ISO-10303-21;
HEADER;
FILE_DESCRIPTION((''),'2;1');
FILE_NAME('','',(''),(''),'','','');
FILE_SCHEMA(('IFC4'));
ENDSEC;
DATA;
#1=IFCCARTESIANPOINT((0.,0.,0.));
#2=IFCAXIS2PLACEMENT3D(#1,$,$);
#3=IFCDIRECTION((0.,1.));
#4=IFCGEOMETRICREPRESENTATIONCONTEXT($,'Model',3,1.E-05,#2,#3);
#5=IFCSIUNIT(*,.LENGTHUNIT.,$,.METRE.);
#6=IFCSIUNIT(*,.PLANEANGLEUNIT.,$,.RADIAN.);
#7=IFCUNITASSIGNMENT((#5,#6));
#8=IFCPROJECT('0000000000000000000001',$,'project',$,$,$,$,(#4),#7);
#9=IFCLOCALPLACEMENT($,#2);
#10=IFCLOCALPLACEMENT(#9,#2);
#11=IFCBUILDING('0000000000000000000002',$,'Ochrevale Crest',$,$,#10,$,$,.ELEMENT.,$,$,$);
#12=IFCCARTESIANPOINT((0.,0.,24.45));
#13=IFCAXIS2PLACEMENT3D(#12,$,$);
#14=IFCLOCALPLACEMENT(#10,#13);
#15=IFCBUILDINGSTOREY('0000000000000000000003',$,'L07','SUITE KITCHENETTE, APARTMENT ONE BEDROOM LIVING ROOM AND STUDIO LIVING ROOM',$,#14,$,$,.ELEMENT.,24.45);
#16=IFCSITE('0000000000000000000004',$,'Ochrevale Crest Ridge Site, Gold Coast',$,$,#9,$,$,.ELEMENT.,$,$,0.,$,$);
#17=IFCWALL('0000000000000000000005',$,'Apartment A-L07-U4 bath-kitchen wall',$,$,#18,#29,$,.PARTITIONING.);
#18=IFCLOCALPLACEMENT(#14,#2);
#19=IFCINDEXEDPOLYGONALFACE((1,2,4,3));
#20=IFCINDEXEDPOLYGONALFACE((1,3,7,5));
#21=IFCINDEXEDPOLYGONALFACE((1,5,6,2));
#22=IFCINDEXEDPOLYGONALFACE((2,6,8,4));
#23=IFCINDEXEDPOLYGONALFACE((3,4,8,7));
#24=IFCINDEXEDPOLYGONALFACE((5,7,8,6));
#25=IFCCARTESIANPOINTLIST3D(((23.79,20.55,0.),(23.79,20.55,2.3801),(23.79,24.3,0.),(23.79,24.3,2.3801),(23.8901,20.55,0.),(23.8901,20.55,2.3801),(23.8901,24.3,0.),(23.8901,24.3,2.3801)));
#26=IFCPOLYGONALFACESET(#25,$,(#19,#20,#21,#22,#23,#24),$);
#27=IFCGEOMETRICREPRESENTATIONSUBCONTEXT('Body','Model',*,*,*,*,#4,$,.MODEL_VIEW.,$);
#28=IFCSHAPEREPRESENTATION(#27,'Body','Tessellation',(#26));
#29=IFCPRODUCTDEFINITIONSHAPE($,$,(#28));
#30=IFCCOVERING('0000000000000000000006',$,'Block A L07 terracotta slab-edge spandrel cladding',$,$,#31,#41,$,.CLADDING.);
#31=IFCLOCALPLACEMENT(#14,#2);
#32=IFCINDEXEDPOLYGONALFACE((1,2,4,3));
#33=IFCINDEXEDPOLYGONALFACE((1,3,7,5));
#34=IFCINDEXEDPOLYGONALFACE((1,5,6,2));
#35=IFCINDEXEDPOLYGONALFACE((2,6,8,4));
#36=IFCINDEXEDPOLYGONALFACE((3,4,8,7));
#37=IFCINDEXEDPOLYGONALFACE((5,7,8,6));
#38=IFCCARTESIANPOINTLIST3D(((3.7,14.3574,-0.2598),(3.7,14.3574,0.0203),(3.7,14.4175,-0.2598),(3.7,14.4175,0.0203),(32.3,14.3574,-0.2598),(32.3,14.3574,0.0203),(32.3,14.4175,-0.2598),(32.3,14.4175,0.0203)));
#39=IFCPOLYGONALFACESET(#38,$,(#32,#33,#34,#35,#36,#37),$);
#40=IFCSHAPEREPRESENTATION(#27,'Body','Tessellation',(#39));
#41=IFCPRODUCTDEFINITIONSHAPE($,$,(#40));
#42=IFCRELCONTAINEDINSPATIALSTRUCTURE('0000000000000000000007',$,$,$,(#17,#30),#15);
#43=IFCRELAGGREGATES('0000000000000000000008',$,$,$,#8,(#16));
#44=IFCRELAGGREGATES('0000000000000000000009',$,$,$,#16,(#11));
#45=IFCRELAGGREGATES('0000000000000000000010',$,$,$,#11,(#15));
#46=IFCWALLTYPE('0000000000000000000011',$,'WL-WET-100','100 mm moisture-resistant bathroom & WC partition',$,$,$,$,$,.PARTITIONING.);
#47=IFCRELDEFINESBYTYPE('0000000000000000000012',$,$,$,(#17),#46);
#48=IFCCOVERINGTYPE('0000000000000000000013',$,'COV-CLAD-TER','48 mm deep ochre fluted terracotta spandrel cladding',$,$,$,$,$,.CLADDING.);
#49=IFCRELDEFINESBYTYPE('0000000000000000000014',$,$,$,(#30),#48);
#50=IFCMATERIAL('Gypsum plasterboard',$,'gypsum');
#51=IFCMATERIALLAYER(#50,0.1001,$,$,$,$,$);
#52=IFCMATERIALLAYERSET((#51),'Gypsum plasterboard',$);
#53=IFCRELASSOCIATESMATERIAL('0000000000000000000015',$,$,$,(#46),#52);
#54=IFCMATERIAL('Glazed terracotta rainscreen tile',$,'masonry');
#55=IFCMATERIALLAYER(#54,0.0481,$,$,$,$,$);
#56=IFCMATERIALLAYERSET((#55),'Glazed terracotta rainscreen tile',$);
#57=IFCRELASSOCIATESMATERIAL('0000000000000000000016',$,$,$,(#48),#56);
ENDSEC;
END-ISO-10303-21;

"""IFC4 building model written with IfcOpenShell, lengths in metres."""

from ifc_helpers import new_model, si_unit, direction, frame, frame_2d, origin, origin_2d, place, context, subcontext, project, spatial, rectangle, extrude, material, layer, layer_set, type_object, element, save


model = new_model("IFC4")

# Units and contexts
model_context = context("Model", 3, precision=1e-05, world=origin(), true_north=direction((0.0, 1.0)))
body_context = subcontext(model_context, "Body", "Model", "MODEL_VIEW")
ifc_project = project(units=[si_unit("LENGTHUNIT", "METRE"), si_unit("PLANEANGLEUNIT", "RADIAN")], contexts=[model_context])

# Site, building, storey
site_placement = place(None, origin())
site = spatial("IfcSite", under=ifc_project, at=site_placement, Name="Ochrevale Crest Ridge Site, Gold Coast", CompositionType="ELEMENT", RefElevation=0.0)
building_placement = place(site_placement, origin())
building = spatial("IfcBuilding", under=site, at=building_placement, Name="Ochrevale Crest", CompositionType="ELEMENT")
storey_placement = place(building_placement, frame((0.0, 0.0, 24.45)))
storey = spatial("IfcBuildingStorey", under=building, at=storey_placement, Name="L07", Description="SUITE KITCHENETTE, APARTMENT ONE BEDROOM LIVING ROOM AND STUDIO LIVING ROOM", CompositionType="ELEMENT", Elevation=24.45)

# Shared definitions
ifc_material_1 = material(Name="Gypsum plasterboard", Category="gypsum")

# Wall
ifc_layer_1 = layer(ifc_material_1, 0.1001)
ifc_layer_set_1 = layer_set([ifc_layer_1], Name="Gypsum plasterboard")
wall_type_1 = type_object("IfcWallType", Name="WL-WET-100", Description="100 mm moisture-resistant bathroom & WC partition", PredefinedType="PARTITIONING", material=ifc_layer_set_1)
wall_1_placement = place(storey_placement, frame((23.8401, 20.55, 0.0), z_axis=(0.0, 0.0, 1.0), x_axis=(0.0, 1.0, 0.0)))
element("IfcWall", 1, at=wall_1_placement, inside=storey, type_object=wall_type_1, Name="Apartment A-L07-U4 bath-kitchen wall", PredefinedType="PARTITIONING", context=body_context, shape_type="SweptSolid", body=[
    extrude(rectangle(XDim=3.75, YDim=0.1001, at=frame_2d((1.875, 0.0))), origin(), (0.0, 0.0, 1.0), 2.3801),
])

# Covering
ifc_material_2 = material(Name="Glazed terracotta rainscreen tile", Category="masonry")
ifc_layer_2 = layer(ifc_material_2, 0.0481)
ifc_layer_set_2 = layer_set([ifc_layer_2], Name="Glazed terracotta rainscreen tile")
covering_type = type_object("IfcCoveringType", Name="COV-CLAD-TER", Description="48 mm deep ochre fluted terracotta spandrel cladding", PredefinedType="CLADDING", material=ifc_layer_set_2)
covering_placement = place(storey_placement, frame((18.0, 14.3875, -0.2598), z_axis=(0.0, 0.0, 1.0), x_axis=(1.0, 0.0, 0.0)))
element("IfcCovering", 2, at=covering_placement, inside=storey, type_object=covering_type, Name="Block A L07 terracotta slab-edge spandrel cladding", PredefinedType="CLADDING", context=body_context, shape_type="SweptSolid", body=[
    extrude(rectangle(XDim=28.6001, YDim=0.0601, at=origin_2d()), origin(), (0.0, 0.0, 1.0), 0.28),
])

save(model, "model.ifc")
